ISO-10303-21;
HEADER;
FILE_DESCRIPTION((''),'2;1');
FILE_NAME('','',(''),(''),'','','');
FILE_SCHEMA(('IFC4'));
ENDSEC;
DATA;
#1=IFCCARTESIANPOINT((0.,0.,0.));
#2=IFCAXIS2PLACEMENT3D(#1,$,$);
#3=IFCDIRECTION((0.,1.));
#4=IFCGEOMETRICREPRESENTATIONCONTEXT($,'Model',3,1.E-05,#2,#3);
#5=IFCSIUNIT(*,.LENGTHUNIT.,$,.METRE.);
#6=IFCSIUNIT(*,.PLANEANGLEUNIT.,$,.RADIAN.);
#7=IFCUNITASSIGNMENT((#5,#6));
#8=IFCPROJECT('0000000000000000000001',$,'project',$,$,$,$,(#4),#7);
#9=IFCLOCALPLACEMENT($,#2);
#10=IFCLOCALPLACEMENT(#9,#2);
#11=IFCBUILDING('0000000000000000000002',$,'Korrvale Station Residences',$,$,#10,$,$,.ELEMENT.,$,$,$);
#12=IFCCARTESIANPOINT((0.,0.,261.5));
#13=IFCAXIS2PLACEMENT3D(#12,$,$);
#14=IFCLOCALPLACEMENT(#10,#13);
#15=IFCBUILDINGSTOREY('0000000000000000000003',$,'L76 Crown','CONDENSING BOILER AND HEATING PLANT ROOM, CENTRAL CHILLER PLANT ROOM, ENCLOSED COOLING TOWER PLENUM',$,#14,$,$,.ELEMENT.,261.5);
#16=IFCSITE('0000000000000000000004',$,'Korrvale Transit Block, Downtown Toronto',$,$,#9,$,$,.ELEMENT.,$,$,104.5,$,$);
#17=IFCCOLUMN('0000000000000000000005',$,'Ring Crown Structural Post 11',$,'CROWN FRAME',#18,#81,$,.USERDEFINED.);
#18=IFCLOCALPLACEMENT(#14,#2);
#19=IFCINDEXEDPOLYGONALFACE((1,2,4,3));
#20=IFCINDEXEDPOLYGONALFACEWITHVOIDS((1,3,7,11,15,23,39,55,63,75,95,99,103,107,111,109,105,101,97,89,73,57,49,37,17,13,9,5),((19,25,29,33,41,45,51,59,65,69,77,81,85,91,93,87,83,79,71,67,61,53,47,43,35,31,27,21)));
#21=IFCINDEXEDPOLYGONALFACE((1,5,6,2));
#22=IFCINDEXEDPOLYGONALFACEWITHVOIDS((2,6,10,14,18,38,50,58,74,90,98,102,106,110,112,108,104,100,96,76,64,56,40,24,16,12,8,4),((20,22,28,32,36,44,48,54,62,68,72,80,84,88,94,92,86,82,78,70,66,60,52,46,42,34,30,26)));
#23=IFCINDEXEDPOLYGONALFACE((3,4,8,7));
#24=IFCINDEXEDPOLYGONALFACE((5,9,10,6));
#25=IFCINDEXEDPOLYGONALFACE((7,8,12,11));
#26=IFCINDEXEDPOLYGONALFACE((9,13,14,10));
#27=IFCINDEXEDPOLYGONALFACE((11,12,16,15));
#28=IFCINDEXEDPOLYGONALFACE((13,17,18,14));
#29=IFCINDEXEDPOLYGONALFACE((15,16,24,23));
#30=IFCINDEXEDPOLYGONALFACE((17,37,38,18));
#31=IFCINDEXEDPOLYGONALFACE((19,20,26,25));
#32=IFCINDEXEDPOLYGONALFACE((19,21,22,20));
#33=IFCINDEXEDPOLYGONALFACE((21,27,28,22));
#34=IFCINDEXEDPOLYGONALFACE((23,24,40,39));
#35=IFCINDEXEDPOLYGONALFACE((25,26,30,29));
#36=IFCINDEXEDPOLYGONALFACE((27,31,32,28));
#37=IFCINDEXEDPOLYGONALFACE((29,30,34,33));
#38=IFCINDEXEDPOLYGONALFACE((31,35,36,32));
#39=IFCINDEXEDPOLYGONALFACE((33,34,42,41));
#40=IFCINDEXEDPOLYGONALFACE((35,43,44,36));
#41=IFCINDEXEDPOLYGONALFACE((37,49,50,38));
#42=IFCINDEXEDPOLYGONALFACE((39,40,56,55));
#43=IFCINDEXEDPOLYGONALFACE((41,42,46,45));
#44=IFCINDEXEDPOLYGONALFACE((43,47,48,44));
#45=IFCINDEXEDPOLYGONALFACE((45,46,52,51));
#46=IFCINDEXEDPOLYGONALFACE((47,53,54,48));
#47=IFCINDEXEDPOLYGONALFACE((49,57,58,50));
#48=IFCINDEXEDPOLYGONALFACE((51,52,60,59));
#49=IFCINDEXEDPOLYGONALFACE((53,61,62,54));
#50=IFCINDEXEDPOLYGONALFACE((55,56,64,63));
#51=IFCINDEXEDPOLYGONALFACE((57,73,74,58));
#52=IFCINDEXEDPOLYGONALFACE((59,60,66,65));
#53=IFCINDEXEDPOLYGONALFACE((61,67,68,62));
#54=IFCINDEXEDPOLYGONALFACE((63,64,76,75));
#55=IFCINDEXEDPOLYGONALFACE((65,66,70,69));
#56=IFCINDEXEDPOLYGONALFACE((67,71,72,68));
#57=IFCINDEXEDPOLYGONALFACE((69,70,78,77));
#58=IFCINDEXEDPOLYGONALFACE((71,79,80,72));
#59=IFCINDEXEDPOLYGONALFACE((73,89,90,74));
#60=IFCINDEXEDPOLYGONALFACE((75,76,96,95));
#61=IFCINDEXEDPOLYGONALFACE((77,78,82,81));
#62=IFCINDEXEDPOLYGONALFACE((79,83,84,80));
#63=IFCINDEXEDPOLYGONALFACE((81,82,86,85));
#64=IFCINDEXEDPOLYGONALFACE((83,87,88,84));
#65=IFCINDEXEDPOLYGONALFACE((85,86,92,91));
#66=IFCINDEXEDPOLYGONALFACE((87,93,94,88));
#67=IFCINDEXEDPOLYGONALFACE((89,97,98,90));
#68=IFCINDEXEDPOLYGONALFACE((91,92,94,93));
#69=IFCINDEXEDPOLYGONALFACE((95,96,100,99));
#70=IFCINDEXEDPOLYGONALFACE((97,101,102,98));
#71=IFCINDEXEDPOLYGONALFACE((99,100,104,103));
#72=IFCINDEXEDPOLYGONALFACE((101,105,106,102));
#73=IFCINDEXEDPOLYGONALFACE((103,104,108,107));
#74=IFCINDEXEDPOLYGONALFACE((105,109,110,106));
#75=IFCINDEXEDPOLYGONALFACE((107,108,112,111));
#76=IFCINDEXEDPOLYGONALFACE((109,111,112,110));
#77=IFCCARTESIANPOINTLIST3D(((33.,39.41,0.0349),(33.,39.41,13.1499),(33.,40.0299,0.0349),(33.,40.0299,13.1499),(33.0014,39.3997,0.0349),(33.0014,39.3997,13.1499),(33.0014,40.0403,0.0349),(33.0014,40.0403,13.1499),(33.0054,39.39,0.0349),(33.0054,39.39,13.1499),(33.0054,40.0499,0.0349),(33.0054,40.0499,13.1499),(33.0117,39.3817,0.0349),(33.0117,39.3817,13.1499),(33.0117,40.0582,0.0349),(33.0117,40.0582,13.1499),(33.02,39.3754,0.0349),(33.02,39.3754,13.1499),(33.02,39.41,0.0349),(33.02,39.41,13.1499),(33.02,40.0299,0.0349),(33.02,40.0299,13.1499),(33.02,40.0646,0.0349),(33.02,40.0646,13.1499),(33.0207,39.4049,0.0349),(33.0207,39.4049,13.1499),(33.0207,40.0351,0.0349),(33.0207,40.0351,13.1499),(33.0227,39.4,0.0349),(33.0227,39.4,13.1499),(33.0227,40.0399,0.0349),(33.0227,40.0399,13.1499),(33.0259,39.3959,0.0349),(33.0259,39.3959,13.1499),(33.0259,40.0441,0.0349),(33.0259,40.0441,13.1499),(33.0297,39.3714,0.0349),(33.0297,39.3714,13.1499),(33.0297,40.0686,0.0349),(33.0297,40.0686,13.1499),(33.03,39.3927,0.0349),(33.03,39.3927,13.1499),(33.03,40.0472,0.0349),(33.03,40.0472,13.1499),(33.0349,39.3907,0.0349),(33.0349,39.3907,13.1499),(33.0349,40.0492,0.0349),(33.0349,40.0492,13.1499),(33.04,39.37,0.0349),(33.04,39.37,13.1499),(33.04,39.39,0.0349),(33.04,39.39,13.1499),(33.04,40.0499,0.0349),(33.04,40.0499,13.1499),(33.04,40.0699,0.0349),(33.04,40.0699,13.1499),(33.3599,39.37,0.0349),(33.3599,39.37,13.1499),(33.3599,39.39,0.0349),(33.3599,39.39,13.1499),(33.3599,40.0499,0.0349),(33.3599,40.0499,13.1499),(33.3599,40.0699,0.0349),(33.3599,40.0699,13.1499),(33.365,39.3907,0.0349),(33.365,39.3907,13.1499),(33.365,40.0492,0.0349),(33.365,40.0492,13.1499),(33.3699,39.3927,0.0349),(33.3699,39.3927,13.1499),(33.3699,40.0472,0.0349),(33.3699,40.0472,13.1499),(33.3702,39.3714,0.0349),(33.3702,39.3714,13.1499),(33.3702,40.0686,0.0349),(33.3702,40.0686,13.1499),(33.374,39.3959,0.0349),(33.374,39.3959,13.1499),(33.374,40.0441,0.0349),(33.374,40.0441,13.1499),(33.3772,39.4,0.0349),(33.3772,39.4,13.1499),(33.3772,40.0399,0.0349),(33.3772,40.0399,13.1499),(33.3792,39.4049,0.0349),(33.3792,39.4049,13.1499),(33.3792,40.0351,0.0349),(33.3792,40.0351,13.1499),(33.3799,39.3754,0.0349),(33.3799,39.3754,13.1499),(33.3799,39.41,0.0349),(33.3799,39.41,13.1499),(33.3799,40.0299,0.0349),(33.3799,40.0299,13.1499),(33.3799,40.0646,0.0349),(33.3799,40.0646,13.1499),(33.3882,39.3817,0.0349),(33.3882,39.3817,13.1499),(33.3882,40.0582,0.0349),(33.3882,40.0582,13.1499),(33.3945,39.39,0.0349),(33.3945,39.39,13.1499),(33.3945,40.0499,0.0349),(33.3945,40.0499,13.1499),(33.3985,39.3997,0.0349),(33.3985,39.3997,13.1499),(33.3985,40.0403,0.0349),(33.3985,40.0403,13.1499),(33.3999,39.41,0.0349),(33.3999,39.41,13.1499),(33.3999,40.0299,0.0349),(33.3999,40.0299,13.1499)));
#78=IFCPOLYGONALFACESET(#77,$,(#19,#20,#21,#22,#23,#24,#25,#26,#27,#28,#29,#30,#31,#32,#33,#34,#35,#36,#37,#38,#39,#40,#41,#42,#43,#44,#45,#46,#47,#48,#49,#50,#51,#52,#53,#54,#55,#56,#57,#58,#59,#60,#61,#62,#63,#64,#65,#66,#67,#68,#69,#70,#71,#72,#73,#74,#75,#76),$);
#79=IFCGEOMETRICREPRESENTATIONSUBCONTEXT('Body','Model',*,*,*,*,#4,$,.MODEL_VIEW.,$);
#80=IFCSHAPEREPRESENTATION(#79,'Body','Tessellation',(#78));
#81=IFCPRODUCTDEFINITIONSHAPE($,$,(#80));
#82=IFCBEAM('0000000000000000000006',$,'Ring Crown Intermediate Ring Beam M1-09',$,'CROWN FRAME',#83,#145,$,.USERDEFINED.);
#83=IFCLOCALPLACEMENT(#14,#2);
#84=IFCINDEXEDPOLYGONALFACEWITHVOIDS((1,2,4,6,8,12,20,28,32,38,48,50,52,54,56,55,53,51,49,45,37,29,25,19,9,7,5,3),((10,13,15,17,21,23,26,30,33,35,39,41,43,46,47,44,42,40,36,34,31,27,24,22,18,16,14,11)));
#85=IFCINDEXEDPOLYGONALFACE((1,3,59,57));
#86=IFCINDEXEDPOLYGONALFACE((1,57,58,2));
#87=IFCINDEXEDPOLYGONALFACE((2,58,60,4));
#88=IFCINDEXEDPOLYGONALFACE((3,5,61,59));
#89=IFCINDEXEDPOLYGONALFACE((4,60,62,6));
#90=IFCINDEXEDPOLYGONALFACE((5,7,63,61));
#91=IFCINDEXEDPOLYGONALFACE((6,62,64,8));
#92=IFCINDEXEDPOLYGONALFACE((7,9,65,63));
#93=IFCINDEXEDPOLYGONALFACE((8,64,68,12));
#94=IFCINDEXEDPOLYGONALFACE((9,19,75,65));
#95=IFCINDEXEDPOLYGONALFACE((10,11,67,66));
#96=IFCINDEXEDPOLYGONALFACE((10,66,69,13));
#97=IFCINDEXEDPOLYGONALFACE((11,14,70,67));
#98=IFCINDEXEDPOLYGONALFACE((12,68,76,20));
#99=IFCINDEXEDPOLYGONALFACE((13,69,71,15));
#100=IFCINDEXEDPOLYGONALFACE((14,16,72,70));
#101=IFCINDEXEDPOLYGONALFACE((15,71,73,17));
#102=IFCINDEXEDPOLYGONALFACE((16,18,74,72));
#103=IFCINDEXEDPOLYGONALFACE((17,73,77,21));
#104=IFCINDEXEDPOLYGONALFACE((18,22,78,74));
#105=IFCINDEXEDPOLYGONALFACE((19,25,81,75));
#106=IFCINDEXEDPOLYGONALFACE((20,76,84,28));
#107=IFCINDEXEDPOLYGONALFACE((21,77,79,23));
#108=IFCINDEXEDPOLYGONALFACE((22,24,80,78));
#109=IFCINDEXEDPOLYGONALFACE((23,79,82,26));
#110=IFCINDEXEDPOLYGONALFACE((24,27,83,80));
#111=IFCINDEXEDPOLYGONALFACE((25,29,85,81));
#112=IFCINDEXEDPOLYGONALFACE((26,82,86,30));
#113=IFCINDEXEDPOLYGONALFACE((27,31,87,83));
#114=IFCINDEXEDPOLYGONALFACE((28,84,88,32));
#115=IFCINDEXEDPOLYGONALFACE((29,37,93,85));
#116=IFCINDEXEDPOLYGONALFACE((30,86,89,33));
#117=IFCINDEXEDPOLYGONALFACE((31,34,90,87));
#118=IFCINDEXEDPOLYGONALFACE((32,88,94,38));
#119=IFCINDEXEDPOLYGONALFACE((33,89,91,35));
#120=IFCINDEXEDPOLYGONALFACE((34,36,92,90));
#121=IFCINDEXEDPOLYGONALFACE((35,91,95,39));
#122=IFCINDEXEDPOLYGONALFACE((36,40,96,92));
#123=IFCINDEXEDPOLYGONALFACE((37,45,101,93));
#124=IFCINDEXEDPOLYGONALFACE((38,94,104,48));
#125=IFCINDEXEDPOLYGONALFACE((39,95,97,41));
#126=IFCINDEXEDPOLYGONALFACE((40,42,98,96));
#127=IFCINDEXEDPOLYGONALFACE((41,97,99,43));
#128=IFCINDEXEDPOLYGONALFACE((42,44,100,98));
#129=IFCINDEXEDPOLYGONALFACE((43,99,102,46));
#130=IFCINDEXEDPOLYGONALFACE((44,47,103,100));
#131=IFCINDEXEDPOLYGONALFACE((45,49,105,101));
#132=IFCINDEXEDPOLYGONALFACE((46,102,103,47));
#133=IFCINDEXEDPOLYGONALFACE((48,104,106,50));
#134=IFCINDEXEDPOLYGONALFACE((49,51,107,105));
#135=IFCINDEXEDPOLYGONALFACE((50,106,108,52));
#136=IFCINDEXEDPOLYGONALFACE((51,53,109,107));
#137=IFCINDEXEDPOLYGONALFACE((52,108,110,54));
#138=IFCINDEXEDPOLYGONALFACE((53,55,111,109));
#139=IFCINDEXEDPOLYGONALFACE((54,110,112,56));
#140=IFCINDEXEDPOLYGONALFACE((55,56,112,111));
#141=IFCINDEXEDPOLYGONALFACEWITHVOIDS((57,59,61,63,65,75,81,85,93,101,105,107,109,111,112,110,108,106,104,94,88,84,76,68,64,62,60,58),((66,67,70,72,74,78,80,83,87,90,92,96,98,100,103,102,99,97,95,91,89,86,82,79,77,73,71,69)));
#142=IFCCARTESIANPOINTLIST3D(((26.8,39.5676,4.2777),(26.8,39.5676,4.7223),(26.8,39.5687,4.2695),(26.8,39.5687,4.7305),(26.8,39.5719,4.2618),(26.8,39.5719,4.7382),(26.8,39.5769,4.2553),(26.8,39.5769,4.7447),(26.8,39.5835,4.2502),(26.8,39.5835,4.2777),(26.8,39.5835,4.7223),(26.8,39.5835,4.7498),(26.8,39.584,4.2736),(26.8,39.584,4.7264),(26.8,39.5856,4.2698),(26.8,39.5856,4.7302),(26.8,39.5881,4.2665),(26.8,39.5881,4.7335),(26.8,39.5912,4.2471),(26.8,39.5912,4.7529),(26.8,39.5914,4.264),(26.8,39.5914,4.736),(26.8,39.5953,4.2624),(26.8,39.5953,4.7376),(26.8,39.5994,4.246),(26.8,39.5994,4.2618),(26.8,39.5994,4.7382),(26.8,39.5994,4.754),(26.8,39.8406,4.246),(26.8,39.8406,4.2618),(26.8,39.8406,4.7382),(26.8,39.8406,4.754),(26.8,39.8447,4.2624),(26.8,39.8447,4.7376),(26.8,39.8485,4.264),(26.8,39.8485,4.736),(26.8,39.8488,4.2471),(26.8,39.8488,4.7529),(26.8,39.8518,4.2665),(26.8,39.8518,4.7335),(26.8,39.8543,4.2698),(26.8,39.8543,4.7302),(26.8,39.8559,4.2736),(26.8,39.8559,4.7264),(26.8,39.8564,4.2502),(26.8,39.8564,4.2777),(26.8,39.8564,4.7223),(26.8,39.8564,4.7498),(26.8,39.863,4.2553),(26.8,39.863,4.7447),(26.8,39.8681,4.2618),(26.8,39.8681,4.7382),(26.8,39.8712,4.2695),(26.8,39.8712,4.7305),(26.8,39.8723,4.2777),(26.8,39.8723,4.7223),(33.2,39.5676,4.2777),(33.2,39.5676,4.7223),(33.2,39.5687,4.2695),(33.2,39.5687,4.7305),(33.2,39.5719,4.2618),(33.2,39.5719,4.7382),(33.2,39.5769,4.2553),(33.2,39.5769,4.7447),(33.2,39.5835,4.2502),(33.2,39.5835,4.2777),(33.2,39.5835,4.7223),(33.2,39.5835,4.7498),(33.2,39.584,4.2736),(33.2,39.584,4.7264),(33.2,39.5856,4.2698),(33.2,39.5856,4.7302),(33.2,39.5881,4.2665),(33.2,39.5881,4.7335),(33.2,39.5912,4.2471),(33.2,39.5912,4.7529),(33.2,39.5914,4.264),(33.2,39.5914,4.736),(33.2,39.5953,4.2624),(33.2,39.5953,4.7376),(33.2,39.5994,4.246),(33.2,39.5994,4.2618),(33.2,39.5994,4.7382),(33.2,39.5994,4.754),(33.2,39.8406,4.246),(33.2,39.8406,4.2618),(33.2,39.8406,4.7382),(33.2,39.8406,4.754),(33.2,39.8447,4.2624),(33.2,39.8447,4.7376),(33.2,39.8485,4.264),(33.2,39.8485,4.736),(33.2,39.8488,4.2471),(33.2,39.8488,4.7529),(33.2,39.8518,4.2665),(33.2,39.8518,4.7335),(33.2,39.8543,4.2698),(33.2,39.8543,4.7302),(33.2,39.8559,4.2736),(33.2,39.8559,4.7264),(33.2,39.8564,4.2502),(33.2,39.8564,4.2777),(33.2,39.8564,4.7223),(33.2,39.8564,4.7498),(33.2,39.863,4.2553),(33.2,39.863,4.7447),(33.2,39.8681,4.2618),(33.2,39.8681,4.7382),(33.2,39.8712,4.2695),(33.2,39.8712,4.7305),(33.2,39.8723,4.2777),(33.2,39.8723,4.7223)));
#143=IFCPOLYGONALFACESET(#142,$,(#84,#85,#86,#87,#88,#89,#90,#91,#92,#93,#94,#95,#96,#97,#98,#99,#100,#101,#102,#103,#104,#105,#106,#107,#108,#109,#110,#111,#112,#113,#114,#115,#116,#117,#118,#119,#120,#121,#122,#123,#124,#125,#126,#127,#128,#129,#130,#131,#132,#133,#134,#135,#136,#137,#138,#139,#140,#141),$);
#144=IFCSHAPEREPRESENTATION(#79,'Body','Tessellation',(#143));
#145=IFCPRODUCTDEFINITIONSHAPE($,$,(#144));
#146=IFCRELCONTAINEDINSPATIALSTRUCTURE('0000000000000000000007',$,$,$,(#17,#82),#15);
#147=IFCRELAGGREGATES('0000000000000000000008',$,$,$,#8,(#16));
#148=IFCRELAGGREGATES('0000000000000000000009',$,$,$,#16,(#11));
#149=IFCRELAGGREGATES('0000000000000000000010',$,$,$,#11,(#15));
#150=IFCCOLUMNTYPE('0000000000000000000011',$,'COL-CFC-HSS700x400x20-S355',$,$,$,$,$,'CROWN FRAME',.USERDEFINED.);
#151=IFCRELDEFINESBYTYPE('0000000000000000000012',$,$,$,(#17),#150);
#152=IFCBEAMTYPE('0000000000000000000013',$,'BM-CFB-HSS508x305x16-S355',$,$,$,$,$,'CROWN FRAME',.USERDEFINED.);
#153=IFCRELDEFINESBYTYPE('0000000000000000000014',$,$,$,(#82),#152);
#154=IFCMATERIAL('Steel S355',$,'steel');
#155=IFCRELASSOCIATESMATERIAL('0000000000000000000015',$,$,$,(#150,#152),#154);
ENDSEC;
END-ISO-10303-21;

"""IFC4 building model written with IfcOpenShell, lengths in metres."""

from ifc_helpers import new_model, si_unit, direction, frame, origin, origin_2d, place, context, subcontext, project, spatial, hollow_rectangle, extrude, material, material_profile, profile_set, type_object, element, save


model = new_model("IFC4")

# Units and contexts
model_context = context("Model", 3, precision=1e-05, world=origin(), true_north=direction((0.0, 1.0)))
body_context = subcontext(model_context, "Body", "Model", "MODEL_VIEW")
ifc_project = project(units=[si_unit("LENGTHUNIT", "METRE"), si_unit("PLANEANGLEUNIT", "RADIAN")], contexts=[model_context])

# Site, building, storey
site_placement = place(None, origin())
site = spatial("IfcSite", under=ifc_project, at=site_placement, Name="Korrvale Transit Block, Downtown Toronto", CompositionType="ELEMENT", RefElevation=104.5)
building_placement = place(site_placement, origin())
building = spatial("IfcBuilding", under=site, at=building_placement, Name="Korrvale Station Residences", CompositionType="ELEMENT")
storey_placement = place(building_placement, frame((0.0, 0.0, 261.5)))
storey = spatial("IfcBuildingStorey", under=building, at=storey_placement, Name="L76 Crown", Description="CONDENSING BOILER AND HEATING PLANT ROOM, CENTRAL CHILLER PLANT ROOM, ENCLOSED COOLING TOWER PLENUM", CompositionType="ELEMENT", Elevation=261.5)

# Column
ifc_material_1 = material(Name="Steel S355", Category="steel")
ifc_material_profile_1 = material_profile(ifc_material_1, hollow_rectangle(XDim=0.3999, YDim=0.7, WallThickness=0.02, InnerFilletRadius=0.02, OuterFilletRadius=0.04, at=origin_2d()), Name="HSS700x400x20")
ifc_profile_set_1 = profile_set([ifc_material_profile_1], Name="Steel S355")
column_type = type_object("IfcColumnType", Name="COL-CFC-HSS700x400x20-S355", ElementType="CROWN FRAME", PredefinedType="USERDEFINED", material=ifc_profile_set_1)
column_placement = place(storey_placement, frame((33.2, 39.72, 0.0349), z_axis=(0.0, 0.0, 1.0), x_axis=(1.0, 0.0, 0.0)))
element("IfcColumn", 1, at=column_placement, inside=storey, type_object=column_type, Name="Ring Crown Structural Post 11", ObjectType="CROWN FRAME", PredefinedType="USERDEFINED", context=body_context, shape_type="SweptSolid", body=[
    extrude(hollow_rectangle(XDim=0.3999, YDim=0.7, WallThickness=0.02, InnerFilletRadius=0.02, OuterFilletRadius=0.04, at=origin_2d()), origin(), (0.0, 0.0, 1.0), 13.115),
])

# Beam
ifc_material_profile_2 = material_profile(ifc_material_1, hollow_rectangle(XDim=0.3047, YDim=0.5081, WallThickness=0.0159, InnerFilletRadius=0.0159, OuterFilletRadius=0.0317, at=origin_2d()), Name="HSS508x305x16")
ifc_profile_set_2 = profile_set([ifc_material_profile_2], Name="Steel S355")
beam_type = type_object("IfcBeamType", Name="BM-CFB-HSS508x305x16-S355", ElementType="CROWN FRAME", PredefinedType="USERDEFINED", material=ifc_profile_set_2)
for number, where, z_axis, x_axis, name in (
    (2, (26.8, 39.72, 4.5), (1.0, 0.0, 0.0), (0.0, 1.0, 0.0), "Ring Crown Intermediate Ring Beam M1-09"),
):
    element("IfcBeam", number, at=place(storey_placement, frame(where, z_axis=z_axis, x_axis=x_axis)), inside=storey, type_object=beam_type, Name=name, ObjectType="CROWN FRAME", PredefinedType="USERDEFINED", context=body_context, shape_type="SweptSolid", body=[
        extrude(hollow_rectangle(XDim=0.3047, YDim=0.5081, WallThickness=0.0159, InnerFilletRadius=0.0159, OuterFilletRadius=0.0317, at=origin_2d()), origin(), (0.0, 0.0, 1.0), 6.3999),
    ])

save(model, "model.ifc")
